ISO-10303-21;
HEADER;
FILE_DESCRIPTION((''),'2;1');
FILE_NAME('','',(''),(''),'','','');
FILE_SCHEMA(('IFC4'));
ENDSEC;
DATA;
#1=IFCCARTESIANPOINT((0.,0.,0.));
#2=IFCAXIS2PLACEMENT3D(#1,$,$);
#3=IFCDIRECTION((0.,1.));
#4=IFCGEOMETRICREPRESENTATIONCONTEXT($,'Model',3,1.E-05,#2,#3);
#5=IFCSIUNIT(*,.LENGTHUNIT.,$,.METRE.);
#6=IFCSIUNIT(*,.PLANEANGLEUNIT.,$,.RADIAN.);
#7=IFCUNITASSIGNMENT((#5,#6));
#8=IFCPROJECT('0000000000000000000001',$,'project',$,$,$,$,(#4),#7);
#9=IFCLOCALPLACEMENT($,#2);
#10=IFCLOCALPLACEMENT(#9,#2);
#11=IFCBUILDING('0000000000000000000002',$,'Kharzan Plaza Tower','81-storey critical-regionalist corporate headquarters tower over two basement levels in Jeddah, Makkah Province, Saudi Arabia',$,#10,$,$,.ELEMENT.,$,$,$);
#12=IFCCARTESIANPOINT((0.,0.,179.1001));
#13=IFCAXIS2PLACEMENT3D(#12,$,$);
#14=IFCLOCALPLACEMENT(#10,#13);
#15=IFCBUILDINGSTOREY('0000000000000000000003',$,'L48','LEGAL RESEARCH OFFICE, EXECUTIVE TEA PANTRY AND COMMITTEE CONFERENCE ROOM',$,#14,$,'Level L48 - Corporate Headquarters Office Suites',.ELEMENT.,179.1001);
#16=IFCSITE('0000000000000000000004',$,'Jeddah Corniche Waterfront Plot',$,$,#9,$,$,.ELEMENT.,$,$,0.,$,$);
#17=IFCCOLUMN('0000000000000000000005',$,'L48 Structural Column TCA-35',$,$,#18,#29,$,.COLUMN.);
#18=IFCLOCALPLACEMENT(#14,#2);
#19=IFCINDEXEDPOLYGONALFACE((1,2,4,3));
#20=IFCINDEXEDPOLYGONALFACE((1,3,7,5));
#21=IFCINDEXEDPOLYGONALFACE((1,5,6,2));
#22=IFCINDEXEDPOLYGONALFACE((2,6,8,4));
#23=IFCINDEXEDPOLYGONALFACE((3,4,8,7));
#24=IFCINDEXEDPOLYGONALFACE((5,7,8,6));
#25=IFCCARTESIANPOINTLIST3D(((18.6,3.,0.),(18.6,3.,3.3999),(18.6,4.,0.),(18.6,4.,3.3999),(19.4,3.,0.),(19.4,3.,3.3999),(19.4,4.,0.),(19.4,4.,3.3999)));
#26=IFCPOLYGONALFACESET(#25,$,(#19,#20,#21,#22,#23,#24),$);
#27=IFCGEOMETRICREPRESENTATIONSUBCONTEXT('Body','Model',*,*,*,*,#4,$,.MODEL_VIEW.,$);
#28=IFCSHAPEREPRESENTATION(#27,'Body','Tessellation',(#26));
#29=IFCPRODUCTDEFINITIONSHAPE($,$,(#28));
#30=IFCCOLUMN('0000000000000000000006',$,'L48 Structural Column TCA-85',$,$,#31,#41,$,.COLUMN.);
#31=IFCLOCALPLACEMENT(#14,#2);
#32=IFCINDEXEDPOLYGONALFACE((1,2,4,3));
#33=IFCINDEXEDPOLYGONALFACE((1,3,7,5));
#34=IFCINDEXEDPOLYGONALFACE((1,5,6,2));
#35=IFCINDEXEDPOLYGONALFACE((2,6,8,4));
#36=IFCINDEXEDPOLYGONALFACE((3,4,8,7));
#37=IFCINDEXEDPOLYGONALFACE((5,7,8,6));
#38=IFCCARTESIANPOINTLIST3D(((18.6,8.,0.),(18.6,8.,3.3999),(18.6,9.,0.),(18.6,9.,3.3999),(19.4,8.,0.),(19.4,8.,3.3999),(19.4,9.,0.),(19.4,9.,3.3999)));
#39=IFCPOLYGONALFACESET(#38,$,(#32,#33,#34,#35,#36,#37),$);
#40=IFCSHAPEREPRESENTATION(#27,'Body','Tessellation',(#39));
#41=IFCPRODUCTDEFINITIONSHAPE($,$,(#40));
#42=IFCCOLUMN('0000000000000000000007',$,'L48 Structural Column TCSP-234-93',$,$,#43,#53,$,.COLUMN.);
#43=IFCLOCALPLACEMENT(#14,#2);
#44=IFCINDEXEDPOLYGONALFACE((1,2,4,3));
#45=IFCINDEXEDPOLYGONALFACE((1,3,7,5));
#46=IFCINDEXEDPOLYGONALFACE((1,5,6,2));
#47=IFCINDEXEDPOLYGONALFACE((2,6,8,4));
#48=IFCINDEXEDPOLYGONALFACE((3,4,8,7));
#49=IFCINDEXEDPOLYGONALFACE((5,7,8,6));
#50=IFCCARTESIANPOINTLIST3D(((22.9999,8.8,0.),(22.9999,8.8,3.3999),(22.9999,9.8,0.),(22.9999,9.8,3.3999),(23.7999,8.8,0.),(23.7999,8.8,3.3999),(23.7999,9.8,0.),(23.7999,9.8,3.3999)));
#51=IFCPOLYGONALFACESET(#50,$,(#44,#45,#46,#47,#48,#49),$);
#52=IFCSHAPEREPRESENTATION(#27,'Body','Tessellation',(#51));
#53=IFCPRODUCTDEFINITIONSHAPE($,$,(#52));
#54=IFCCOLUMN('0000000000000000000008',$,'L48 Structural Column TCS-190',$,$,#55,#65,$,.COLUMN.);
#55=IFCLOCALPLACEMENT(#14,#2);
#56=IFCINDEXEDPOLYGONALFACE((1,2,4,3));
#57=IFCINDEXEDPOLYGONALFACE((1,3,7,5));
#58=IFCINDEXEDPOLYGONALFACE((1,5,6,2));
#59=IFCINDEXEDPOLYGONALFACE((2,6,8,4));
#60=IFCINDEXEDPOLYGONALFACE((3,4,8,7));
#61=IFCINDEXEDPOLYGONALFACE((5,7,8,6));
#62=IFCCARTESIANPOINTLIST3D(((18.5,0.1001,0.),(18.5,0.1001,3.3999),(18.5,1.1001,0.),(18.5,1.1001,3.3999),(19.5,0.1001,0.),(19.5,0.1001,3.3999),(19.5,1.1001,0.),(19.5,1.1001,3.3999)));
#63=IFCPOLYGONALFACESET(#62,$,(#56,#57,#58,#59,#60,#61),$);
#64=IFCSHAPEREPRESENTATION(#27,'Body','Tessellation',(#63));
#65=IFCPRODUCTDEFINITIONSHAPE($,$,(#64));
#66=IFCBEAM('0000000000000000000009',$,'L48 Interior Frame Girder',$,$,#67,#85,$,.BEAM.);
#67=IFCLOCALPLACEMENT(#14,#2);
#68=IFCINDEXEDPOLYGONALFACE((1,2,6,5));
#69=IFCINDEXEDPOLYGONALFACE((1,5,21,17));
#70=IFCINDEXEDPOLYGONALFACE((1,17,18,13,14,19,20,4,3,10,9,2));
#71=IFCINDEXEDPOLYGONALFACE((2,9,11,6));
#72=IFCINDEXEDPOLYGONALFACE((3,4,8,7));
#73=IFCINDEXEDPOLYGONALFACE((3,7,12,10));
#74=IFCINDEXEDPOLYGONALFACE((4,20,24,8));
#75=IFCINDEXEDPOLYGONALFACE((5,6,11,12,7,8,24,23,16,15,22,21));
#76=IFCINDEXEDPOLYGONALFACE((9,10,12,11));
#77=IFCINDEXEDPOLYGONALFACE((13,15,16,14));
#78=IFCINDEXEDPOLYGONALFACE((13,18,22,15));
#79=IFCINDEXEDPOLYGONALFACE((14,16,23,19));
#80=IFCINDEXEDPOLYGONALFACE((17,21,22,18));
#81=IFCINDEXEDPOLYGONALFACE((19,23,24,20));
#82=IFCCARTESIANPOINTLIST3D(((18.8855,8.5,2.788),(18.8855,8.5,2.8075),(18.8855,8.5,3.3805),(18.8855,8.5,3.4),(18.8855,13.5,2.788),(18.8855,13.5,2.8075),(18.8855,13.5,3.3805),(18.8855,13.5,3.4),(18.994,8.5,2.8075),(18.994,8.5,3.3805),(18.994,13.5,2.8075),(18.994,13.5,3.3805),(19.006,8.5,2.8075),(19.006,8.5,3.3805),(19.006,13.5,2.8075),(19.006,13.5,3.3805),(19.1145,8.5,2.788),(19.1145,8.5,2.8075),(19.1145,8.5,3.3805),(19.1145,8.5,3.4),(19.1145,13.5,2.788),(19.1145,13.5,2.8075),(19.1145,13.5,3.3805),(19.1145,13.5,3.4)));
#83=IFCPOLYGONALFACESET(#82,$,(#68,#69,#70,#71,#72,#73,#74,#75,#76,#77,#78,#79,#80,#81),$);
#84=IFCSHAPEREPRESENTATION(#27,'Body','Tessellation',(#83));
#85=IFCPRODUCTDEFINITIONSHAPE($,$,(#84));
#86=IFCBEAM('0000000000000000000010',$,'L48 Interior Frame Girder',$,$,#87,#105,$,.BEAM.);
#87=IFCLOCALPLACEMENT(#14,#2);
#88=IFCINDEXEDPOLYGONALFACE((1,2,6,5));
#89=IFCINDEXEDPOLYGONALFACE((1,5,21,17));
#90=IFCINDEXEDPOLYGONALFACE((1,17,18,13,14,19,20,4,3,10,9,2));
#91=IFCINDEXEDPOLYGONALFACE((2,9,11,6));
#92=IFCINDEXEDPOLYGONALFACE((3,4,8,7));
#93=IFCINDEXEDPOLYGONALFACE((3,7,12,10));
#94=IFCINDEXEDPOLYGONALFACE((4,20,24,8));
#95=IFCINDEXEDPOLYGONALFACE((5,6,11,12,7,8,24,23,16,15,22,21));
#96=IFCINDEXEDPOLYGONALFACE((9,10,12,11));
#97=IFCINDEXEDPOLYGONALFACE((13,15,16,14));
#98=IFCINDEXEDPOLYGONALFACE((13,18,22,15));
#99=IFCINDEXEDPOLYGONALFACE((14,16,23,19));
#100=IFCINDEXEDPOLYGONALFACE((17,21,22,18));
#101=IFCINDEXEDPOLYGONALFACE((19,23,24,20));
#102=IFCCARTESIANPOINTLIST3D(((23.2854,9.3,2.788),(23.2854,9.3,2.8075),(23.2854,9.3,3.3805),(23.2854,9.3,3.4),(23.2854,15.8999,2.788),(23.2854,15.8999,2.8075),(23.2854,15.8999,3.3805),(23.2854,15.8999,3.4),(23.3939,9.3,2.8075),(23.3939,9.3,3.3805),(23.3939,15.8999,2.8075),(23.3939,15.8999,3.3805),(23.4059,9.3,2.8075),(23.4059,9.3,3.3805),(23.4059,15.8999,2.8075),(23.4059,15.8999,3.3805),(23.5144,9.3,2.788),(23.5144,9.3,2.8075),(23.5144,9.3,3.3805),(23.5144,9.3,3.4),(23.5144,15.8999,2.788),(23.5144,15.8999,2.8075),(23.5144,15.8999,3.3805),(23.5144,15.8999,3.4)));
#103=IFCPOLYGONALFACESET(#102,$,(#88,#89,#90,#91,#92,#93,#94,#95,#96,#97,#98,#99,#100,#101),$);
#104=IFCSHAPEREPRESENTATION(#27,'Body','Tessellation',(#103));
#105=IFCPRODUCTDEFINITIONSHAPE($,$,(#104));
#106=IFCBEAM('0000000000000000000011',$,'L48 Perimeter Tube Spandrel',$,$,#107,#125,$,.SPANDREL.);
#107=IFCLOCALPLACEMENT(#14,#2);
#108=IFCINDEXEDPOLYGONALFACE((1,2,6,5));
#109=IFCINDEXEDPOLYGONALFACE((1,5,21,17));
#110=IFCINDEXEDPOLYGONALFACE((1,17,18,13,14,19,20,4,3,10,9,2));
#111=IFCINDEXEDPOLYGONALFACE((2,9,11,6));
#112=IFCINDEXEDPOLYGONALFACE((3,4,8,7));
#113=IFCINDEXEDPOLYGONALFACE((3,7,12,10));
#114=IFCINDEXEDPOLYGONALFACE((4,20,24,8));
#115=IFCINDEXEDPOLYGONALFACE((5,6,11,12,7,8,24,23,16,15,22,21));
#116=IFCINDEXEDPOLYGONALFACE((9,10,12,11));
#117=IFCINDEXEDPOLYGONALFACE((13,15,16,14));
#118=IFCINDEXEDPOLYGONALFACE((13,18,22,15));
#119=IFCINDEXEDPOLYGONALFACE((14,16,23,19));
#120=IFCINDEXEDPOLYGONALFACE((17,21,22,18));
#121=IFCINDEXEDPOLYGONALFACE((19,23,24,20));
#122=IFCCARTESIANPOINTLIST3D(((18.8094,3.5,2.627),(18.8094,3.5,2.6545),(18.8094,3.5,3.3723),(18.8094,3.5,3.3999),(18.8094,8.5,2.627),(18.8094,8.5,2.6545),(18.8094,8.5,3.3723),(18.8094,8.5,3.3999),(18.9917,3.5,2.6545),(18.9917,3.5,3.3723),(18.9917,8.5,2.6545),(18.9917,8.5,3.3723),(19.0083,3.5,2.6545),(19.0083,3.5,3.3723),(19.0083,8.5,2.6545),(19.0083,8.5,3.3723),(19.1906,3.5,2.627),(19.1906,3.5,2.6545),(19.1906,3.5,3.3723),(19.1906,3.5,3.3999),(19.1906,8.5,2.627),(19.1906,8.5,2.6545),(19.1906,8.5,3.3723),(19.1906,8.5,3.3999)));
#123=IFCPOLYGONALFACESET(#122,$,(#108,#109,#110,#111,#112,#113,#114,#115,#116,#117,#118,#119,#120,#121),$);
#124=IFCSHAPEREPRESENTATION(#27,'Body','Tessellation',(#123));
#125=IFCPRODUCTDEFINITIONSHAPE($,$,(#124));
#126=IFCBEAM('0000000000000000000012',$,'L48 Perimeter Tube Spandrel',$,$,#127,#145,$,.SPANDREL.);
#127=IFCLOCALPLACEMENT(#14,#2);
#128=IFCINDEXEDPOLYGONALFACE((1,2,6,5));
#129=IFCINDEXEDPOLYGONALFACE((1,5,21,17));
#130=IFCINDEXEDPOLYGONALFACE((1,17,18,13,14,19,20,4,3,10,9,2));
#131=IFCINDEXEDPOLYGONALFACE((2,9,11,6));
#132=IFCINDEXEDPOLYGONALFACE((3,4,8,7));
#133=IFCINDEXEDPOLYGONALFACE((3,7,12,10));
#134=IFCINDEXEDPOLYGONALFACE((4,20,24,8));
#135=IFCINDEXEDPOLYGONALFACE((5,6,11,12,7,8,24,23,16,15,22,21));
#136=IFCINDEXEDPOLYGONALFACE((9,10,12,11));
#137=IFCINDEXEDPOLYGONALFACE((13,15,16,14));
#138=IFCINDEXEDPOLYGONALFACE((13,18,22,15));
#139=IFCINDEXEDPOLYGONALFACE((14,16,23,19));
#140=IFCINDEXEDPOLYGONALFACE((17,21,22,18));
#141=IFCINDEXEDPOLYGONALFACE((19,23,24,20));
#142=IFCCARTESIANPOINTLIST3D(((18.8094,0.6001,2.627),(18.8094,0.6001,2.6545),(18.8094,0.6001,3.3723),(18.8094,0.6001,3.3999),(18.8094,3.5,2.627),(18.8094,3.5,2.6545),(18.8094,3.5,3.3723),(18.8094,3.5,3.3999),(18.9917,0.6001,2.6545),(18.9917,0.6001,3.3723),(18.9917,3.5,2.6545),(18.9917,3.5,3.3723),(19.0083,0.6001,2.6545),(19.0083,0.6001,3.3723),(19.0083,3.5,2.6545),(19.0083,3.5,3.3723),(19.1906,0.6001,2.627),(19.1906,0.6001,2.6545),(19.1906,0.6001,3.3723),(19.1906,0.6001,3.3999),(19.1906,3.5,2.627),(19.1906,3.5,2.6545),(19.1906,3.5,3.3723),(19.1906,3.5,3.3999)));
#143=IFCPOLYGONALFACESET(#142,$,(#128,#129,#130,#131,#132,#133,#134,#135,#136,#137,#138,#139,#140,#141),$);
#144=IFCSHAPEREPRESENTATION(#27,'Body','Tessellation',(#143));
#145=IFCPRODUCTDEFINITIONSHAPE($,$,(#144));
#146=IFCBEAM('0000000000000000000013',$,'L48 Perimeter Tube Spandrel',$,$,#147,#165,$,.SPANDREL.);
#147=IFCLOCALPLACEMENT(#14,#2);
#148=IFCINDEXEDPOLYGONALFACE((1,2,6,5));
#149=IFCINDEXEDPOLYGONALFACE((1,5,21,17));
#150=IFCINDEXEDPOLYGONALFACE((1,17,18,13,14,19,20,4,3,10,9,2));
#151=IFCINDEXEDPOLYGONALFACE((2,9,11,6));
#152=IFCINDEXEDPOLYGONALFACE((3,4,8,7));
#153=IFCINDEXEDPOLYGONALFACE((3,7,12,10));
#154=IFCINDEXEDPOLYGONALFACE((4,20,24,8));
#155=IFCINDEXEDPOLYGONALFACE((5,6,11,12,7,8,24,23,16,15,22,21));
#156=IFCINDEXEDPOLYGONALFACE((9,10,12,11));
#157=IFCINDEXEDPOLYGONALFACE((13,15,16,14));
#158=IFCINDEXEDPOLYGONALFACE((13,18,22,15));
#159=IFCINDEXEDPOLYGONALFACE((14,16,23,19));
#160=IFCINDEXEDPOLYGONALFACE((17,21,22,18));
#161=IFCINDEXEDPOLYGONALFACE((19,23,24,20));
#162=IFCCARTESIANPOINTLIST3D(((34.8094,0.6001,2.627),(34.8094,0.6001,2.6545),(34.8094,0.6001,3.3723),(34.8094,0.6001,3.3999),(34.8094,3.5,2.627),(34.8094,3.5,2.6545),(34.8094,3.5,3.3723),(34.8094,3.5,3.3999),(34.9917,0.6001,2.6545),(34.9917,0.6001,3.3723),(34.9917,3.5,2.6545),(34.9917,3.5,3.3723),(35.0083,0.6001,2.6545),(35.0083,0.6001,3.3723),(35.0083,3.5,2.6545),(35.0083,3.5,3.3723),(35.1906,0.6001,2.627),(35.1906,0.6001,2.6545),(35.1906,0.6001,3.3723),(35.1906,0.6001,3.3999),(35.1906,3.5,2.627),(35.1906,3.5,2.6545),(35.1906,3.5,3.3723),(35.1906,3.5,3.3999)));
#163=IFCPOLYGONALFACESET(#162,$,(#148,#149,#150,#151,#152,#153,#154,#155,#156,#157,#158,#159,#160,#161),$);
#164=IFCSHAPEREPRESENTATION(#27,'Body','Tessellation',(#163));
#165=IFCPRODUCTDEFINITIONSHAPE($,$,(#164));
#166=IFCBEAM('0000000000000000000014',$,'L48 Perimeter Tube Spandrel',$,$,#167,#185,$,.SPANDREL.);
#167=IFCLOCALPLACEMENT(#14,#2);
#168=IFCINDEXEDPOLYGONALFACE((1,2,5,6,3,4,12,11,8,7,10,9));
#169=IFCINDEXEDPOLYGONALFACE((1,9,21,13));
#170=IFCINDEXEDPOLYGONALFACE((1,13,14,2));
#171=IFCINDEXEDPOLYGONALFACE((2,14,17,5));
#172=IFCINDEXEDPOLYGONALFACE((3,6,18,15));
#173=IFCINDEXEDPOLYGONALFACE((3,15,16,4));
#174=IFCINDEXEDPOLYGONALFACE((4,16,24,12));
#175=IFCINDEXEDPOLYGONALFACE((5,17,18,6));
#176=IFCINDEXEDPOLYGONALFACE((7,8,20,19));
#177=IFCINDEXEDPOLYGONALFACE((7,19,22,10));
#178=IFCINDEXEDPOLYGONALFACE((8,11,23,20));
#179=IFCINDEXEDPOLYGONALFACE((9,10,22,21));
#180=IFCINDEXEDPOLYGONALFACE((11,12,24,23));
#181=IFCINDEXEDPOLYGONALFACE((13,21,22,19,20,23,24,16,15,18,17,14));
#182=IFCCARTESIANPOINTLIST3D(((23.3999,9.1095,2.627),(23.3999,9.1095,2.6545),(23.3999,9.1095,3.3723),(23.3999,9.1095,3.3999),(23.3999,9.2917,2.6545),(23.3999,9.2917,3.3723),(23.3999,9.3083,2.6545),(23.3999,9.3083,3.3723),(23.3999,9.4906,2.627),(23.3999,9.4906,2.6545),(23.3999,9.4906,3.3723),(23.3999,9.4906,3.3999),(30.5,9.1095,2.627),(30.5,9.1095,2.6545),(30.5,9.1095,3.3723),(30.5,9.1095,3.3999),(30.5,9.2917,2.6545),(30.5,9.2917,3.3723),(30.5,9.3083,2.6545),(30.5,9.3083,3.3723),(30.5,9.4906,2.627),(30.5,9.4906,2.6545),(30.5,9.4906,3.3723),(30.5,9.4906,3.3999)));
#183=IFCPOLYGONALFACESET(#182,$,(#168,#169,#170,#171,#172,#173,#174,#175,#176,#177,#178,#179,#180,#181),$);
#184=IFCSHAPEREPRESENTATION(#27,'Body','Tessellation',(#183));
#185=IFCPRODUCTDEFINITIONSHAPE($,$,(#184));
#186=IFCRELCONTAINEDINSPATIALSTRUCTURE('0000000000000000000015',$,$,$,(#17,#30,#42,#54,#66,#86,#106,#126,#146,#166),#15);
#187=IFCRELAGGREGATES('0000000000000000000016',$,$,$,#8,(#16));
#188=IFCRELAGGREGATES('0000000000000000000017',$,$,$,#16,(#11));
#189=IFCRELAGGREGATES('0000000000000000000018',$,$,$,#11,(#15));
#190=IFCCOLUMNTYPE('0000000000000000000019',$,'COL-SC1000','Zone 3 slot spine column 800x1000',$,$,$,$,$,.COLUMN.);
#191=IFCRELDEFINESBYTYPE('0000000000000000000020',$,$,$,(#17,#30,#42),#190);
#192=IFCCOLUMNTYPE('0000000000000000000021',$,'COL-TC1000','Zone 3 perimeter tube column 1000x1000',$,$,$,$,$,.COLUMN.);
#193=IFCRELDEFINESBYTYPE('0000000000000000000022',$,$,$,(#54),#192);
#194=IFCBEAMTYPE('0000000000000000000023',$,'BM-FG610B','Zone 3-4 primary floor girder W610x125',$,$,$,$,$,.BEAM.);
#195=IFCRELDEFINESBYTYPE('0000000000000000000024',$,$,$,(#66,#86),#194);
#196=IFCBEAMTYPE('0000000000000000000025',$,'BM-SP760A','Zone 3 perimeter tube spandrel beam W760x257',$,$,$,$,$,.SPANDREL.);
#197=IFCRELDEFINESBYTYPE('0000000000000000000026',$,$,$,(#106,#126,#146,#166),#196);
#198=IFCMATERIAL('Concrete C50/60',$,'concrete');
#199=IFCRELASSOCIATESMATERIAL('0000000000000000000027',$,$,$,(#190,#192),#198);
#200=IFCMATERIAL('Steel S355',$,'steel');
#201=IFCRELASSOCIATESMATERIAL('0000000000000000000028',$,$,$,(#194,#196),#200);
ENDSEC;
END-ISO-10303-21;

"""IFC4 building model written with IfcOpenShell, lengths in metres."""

from ifc_helpers import new_model, si_unit, direction, frame, origin, origin_2d, place, context, subcontext, project, spatial, rectangle, i_section, extrude, source, transform, mapped, material, material_profile, profile_set, type_object, element, save


model = new_model("IFC4")

# Units and contexts
model_context = context("Model", 3, precision=1e-05, world=origin(), true_north=direction((0.0, 1.0)))
body_context = subcontext(model_context, "Body", "Model", "MODEL_VIEW")
ifc_project = project(units=[si_unit("LENGTHUNIT", "METRE"), si_unit("PLANEANGLEUNIT", "RADIAN")], contexts=[model_context])

# Site, building, storey
site_placement = place(None, origin())
site = spatial("IfcSite", under=ifc_project, at=site_placement, Name="Jeddah Corniche Waterfront Plot", CompositionType="ELEMENT", RefElevation=0.0)
building_placement = place(site_placement, origin())
building = spatial("IfcBuilding", under=site, at=building_placement, Name="Kharzan Plaza Tower", Description="81-storey critical-regionalist corporate headquarters tower over two basement levels in Jeddah, Makkah Province, Saudi Arabia", CompositionType="ELEMENT")
storey_placement = place(building_placement, frame((0.0, 0.0, 179.1001)))
storey = spatial("IfcBuildingStorey", under=building, at=storey_placement, Name="L48", Description="LEGAL RESEARCH OFFICE, EXECUTIVE TEA PANTRY AND COMMITTEE CONFERENCE ROOM", LongName="Level L48 - Corporate Headquarters Office Suites", CompositionType="ELEMENT", Elevation=179.1001)

# Columns
ifc_material_1 = material(Name="Concrete C50/60", Category="concrete")
ifc_material_profile_1 = material_profile(ifc_material_1, rectangle(XDim=0.8, YDim=1.0, at=origin_2d()), Name="RC-SC1000x800")
ifc_profile_set_1 = profile_set([ifc_material_profile_1], Name="Concrete C50/60")
column_type_1 = type_object("IfcColumnType", Name="COL-SC1000", Description="Zone 3 slot spine column 800x1000", PredefinedType="COLUMN", material=ifc_profile_set_1)
shared_shape_1 = source(origin(), body_context, "Body", "SweptSolid", [
    extrude(rectangle(XDim=0.8, YDim=1.0, at=origin_2d()), origin(), (0.0, 0.0, 1.0), 3.3999),
])
for number, where, z_axis, x_axis, name in (
    (1, (19.0, 3.5, 0.0), (0.0, 0.0, 1.0), (1.0, 0.0, 0.0), "L48 Structural Column TCA-35"),
    (2, (19.0, 8.5, 0.0), (0.0, 0.0, 1.0), (1.0, 0.0, 0.0), "L48 Structural Column TCA-85"),
    (3, (23.3999, 9.3, 0.0), (0.0, 0.0, 1.0), (1.0, 0.0, 0.0), "L48 Structural Column TCSP-234-93"),
):
    element("IfcColumn", number, at=place(storey_placement, frame(where, z_axis=z_axis, x_axis=x_axis)), inside=storey, type_object=column_type_1, Name=name, PredefinedType="COLUMN", context=body_context, shape_type="MappedRepresentation", body=[
        mapped(shared_shape_1, transform((0.0, 0.0, 0.0), x_axis=(1.0, 0.0, 0.0), y_axis=(0.0, 1.0, 0.0), z_axis=(0.0, 0.0, 1.0))),
    ])
ifc_material_profile_2 = material_profile(ifc_material_1, rectangle(XDim=1.0, YDim=1.0, at=origin_2d()), Name="RC-TC1000x1000")
ifc_profile_set_2 = profile_set([ifc_material_profile_2], Name="Concrete C50/60")
column_type_2 = type_object("IfcColumnType", Name="COL-TC1000", Description="Zone 3 perimeter tube column 1000x1000", PredefinedType="COLUMN", material=ifc_profile_set_2)
shared_shape_2 = source(origin(), body_context, "Body", "SweptSolid", [
    extrude(rectangle(XDim=1.0, YDim=1.0, at=origin_2d()), origin(), (0.0, 0.0, 1.0), 3.3999),
])
column_placement = place(storey_placement, frame((19.0, 0.6001, 0.0), z_axis=(0.0, 0.0, 1.0), x_axis=(1.0, 0.0, 0.0)))
element("IfcColumn", 4, at=column_placement, inside=storey, type_object=column_type_2, Name="L48 Structural Column TCS-190", PredefinedType="COLUMN", context=body_context, shape_type="MappedRepresentation", body=[
    mapped(shared_shape_2, transform((0.0, 0.0, 0.0), x_axis=(1.0, 0.0, 0.0), y_axis=(0.0, 1.0, 0.0), z_axis=(0.0, 0.0, 1.0))),
])

# Beams
ifc_material_2 = material(Name="Steel S355", Category="steel")
ifc_material_profile_3 = material_profile(ifc_material_2, i_section(OverallWidth=0.229, OverallDepth=0.6121, WebThickness=0.012, FlangeThickness=0.0195, at=origin_2d()), Name="W610x125")
ifc_profile_set_3 = profile_set([ifc_material_profile_3], Name="Steel S355")
beam_type_1 = type_object("IfcBeamType", Name="BM-FG610B", Description="Zone 3-4 primary floor girder W610x125", PredefinedType="BEAM", material=ifc_profile_set_3)
shared_shape_3 = source(origin(), body_context, "Body", "SweptSolid", [
    extrude(i_section(OverallWidth=0.229, OverallDepth=0.6121, WebThickness=0.012, FlangeThickness=0.0195, at=origin_2d()), origin(), (0.0, 0.0, 1.0), 5.0),
])
beam_1_placement = place(storey_placement, frame((19.0, 8.5, 3.094), z_axis=(0.0, 1.0, 0.0), x_axis=(-1.0, 0.0, 0.0)))
element("IfcBeam", 5, at=beam_1_placement, inside=storey, type_object=beam_type_1, Name="L48 Interior Frame Girder", PredefinedType="BEAM", context=body_context, shape_type="MappedRepresentation", body=[
    mapped(shared_shape_3, transform((0.0, 0.0, 0.0), x_axis=(1.0, 0.0, 0.0), y_axis=(0.0, 1.0, 0.0), z_axis=(0.0, 0.0, 1.0))),
])
shared_shape_4 = source(origin(), body_context, "Body", "SweptSolid", [
    extrude(i_section(OverallWidth=0.229, OverallDepth=0.6121, WebThickness=0.012, FlangeThickness=0.0195, at=origin_2d()), origin(), (0.0, 0.0, 1.0), 6.5999),
])
beam_2_placement = place(storey_placement, frame((23.3999, 9.3, 3.094), z_axis=(0.0, 1.0, 0.0), x_axis=(-1.0, 0.0, 0.0)))
element("IfcBeam", 6, at=beam_2_placement, inside=storey, type_object=beam_type_1, Name="L48 Interior Frame Girder", PredefinedType="BEAM", context=body_context, shape_type="MappedRepresentation", body=[
    mapped(shared_shape_4, transform((0.0, 0.0, 0.0), x_axis=(1.0, 0.0, 0.0), y_axis=(0.0, 1.0, 0.0), z_axis=(0.0, 0.0, 1.0))),
])
ifc_material_profile_4 = material_profile(ifc_material_2, i_section(OverallWidth=0.3811, OverallDepth=0.7729, WebThickness=0.0166, FlangeThickness=0.0276, at=origin_2d()), Name="W760x257")
ifc_profile_set_4 = profile_set([ifc_material_profile_4], Name="Steel S355")
beam_type_2 = type_object("IfcBeamType", Name="BM-SP760A", Description="Zone 3 perimeter tube spandrel beam W760x257", PredefinedType="SPANDREL", material=ifc_profile_set_4)
shared_shape_5 = source(origin(), body_context, "Body", "SweptSolid", [
    extrude(i_section(OverallWidth=0.3811, OverallDepth=0.7729, WebThickness=0.0166, FlangeThickness=0.0276, at=origin_2d()), origin(), (0.0, 0.0, 1.0), 5.0),
])
beam_3_placement = place(storey_placement, frame((19.0, 3.5, 3.0134), z_axis=(0.0, 1.0, 0.0), x_axis=(-1.0, 0.0, 0.0)))
element("IfcBeam", 7, at=beam_3_placement, inside=storey, type_object=beam_type_2, Name="L48 Perimeter Tube Spandrel", PredefinedType="SPANDREL", context=body_context, shape_type="MappedRepresentation", body=[
    mapped(shared_shape_5, transform((0.0, 0.0, 0.0), x_axis=(1.0, 0.0, 0.0), y_axis=(0.0, 1.0, 0.0), z_axis=(0.0, 0.0, 1.0))),
])
shared_shape_6 = source(origin(), body_context, "Body", "SweptSolid", [
    extrude(i_section(OverallWidth=0.3811, OverallDepth=0.7729, WebThickness=0.0166, FlangeThickness=0.0276, at=origin_2d()), origin(), (0.0, 0.0, 1.0), 2.8999),
])
for number, where, z_axis, x_axis, name in (
    (8, (19.0, 0.6001, 3.0134), (0.0, 1.0, 0.0), (-1.0, 0.0, 0.0), "L48 Perimeter Tube Spandrel"),
    (9, (35.0, 0.6001, 3.0134), (0.0, 1.0, 0.0), (-1.0, 0.0, 0.0), "L48 Perimeter Tube Spandrel"),
):
    element("IfcBeam", number, at=place(storey_placement, frame(where, z_axis=z_axis, x_axis=x_axis)), inside=storey, type_object=beam_type_2, Name=name, PredefinedType="SPANDREL", context=body_context, shape_type="MappedRepresentation", body=[
        mapped(shared_shape_6, transform((0.0, 0.0, 0.0), x_axis=(1.0, 0.0, 0.0), y_axis=(0.0, 1.0, 0.0), z_axis=(0.0, 0.0, 1.0))),
    ])
shared_shape_7 = source(origin(), body_context, "Body", "SweptSolid", [
    extrude(i_section(OverallWidth=0.3811, OverallDepth=0.7729, WebThickness=0.0166, FlangeThickness=0.0276, at=origin_2d()), origin(), (0.0, 0.0, 1.0), 7.1001),
])
beam_4_placement = place(storey_placement, frame((23.3999, 9.3, 3.0134), z_axis=(1.0, 0.0, 0.0), x_axis=(0.0, 1.0, 0.0)))
element("IfcBeam", 10, at=beam_4_placement, inside=storey, type_object=beam_type_2, Name="L48 Perimeter Tube Spandrel", PredefinedType="SPANDREL", context=body_context, shape_type="MappedRepresentation", body=[
    mapped(shared_shape_7, transform((0.0, 0.0, 0.0), x_axis=(1.0, 0.0, 0.0), y_axis=(0.0, 1.0, 0.0), z_axis=(0.0, 0.0, 1.0))),
])

save(model, "model.ifc")
